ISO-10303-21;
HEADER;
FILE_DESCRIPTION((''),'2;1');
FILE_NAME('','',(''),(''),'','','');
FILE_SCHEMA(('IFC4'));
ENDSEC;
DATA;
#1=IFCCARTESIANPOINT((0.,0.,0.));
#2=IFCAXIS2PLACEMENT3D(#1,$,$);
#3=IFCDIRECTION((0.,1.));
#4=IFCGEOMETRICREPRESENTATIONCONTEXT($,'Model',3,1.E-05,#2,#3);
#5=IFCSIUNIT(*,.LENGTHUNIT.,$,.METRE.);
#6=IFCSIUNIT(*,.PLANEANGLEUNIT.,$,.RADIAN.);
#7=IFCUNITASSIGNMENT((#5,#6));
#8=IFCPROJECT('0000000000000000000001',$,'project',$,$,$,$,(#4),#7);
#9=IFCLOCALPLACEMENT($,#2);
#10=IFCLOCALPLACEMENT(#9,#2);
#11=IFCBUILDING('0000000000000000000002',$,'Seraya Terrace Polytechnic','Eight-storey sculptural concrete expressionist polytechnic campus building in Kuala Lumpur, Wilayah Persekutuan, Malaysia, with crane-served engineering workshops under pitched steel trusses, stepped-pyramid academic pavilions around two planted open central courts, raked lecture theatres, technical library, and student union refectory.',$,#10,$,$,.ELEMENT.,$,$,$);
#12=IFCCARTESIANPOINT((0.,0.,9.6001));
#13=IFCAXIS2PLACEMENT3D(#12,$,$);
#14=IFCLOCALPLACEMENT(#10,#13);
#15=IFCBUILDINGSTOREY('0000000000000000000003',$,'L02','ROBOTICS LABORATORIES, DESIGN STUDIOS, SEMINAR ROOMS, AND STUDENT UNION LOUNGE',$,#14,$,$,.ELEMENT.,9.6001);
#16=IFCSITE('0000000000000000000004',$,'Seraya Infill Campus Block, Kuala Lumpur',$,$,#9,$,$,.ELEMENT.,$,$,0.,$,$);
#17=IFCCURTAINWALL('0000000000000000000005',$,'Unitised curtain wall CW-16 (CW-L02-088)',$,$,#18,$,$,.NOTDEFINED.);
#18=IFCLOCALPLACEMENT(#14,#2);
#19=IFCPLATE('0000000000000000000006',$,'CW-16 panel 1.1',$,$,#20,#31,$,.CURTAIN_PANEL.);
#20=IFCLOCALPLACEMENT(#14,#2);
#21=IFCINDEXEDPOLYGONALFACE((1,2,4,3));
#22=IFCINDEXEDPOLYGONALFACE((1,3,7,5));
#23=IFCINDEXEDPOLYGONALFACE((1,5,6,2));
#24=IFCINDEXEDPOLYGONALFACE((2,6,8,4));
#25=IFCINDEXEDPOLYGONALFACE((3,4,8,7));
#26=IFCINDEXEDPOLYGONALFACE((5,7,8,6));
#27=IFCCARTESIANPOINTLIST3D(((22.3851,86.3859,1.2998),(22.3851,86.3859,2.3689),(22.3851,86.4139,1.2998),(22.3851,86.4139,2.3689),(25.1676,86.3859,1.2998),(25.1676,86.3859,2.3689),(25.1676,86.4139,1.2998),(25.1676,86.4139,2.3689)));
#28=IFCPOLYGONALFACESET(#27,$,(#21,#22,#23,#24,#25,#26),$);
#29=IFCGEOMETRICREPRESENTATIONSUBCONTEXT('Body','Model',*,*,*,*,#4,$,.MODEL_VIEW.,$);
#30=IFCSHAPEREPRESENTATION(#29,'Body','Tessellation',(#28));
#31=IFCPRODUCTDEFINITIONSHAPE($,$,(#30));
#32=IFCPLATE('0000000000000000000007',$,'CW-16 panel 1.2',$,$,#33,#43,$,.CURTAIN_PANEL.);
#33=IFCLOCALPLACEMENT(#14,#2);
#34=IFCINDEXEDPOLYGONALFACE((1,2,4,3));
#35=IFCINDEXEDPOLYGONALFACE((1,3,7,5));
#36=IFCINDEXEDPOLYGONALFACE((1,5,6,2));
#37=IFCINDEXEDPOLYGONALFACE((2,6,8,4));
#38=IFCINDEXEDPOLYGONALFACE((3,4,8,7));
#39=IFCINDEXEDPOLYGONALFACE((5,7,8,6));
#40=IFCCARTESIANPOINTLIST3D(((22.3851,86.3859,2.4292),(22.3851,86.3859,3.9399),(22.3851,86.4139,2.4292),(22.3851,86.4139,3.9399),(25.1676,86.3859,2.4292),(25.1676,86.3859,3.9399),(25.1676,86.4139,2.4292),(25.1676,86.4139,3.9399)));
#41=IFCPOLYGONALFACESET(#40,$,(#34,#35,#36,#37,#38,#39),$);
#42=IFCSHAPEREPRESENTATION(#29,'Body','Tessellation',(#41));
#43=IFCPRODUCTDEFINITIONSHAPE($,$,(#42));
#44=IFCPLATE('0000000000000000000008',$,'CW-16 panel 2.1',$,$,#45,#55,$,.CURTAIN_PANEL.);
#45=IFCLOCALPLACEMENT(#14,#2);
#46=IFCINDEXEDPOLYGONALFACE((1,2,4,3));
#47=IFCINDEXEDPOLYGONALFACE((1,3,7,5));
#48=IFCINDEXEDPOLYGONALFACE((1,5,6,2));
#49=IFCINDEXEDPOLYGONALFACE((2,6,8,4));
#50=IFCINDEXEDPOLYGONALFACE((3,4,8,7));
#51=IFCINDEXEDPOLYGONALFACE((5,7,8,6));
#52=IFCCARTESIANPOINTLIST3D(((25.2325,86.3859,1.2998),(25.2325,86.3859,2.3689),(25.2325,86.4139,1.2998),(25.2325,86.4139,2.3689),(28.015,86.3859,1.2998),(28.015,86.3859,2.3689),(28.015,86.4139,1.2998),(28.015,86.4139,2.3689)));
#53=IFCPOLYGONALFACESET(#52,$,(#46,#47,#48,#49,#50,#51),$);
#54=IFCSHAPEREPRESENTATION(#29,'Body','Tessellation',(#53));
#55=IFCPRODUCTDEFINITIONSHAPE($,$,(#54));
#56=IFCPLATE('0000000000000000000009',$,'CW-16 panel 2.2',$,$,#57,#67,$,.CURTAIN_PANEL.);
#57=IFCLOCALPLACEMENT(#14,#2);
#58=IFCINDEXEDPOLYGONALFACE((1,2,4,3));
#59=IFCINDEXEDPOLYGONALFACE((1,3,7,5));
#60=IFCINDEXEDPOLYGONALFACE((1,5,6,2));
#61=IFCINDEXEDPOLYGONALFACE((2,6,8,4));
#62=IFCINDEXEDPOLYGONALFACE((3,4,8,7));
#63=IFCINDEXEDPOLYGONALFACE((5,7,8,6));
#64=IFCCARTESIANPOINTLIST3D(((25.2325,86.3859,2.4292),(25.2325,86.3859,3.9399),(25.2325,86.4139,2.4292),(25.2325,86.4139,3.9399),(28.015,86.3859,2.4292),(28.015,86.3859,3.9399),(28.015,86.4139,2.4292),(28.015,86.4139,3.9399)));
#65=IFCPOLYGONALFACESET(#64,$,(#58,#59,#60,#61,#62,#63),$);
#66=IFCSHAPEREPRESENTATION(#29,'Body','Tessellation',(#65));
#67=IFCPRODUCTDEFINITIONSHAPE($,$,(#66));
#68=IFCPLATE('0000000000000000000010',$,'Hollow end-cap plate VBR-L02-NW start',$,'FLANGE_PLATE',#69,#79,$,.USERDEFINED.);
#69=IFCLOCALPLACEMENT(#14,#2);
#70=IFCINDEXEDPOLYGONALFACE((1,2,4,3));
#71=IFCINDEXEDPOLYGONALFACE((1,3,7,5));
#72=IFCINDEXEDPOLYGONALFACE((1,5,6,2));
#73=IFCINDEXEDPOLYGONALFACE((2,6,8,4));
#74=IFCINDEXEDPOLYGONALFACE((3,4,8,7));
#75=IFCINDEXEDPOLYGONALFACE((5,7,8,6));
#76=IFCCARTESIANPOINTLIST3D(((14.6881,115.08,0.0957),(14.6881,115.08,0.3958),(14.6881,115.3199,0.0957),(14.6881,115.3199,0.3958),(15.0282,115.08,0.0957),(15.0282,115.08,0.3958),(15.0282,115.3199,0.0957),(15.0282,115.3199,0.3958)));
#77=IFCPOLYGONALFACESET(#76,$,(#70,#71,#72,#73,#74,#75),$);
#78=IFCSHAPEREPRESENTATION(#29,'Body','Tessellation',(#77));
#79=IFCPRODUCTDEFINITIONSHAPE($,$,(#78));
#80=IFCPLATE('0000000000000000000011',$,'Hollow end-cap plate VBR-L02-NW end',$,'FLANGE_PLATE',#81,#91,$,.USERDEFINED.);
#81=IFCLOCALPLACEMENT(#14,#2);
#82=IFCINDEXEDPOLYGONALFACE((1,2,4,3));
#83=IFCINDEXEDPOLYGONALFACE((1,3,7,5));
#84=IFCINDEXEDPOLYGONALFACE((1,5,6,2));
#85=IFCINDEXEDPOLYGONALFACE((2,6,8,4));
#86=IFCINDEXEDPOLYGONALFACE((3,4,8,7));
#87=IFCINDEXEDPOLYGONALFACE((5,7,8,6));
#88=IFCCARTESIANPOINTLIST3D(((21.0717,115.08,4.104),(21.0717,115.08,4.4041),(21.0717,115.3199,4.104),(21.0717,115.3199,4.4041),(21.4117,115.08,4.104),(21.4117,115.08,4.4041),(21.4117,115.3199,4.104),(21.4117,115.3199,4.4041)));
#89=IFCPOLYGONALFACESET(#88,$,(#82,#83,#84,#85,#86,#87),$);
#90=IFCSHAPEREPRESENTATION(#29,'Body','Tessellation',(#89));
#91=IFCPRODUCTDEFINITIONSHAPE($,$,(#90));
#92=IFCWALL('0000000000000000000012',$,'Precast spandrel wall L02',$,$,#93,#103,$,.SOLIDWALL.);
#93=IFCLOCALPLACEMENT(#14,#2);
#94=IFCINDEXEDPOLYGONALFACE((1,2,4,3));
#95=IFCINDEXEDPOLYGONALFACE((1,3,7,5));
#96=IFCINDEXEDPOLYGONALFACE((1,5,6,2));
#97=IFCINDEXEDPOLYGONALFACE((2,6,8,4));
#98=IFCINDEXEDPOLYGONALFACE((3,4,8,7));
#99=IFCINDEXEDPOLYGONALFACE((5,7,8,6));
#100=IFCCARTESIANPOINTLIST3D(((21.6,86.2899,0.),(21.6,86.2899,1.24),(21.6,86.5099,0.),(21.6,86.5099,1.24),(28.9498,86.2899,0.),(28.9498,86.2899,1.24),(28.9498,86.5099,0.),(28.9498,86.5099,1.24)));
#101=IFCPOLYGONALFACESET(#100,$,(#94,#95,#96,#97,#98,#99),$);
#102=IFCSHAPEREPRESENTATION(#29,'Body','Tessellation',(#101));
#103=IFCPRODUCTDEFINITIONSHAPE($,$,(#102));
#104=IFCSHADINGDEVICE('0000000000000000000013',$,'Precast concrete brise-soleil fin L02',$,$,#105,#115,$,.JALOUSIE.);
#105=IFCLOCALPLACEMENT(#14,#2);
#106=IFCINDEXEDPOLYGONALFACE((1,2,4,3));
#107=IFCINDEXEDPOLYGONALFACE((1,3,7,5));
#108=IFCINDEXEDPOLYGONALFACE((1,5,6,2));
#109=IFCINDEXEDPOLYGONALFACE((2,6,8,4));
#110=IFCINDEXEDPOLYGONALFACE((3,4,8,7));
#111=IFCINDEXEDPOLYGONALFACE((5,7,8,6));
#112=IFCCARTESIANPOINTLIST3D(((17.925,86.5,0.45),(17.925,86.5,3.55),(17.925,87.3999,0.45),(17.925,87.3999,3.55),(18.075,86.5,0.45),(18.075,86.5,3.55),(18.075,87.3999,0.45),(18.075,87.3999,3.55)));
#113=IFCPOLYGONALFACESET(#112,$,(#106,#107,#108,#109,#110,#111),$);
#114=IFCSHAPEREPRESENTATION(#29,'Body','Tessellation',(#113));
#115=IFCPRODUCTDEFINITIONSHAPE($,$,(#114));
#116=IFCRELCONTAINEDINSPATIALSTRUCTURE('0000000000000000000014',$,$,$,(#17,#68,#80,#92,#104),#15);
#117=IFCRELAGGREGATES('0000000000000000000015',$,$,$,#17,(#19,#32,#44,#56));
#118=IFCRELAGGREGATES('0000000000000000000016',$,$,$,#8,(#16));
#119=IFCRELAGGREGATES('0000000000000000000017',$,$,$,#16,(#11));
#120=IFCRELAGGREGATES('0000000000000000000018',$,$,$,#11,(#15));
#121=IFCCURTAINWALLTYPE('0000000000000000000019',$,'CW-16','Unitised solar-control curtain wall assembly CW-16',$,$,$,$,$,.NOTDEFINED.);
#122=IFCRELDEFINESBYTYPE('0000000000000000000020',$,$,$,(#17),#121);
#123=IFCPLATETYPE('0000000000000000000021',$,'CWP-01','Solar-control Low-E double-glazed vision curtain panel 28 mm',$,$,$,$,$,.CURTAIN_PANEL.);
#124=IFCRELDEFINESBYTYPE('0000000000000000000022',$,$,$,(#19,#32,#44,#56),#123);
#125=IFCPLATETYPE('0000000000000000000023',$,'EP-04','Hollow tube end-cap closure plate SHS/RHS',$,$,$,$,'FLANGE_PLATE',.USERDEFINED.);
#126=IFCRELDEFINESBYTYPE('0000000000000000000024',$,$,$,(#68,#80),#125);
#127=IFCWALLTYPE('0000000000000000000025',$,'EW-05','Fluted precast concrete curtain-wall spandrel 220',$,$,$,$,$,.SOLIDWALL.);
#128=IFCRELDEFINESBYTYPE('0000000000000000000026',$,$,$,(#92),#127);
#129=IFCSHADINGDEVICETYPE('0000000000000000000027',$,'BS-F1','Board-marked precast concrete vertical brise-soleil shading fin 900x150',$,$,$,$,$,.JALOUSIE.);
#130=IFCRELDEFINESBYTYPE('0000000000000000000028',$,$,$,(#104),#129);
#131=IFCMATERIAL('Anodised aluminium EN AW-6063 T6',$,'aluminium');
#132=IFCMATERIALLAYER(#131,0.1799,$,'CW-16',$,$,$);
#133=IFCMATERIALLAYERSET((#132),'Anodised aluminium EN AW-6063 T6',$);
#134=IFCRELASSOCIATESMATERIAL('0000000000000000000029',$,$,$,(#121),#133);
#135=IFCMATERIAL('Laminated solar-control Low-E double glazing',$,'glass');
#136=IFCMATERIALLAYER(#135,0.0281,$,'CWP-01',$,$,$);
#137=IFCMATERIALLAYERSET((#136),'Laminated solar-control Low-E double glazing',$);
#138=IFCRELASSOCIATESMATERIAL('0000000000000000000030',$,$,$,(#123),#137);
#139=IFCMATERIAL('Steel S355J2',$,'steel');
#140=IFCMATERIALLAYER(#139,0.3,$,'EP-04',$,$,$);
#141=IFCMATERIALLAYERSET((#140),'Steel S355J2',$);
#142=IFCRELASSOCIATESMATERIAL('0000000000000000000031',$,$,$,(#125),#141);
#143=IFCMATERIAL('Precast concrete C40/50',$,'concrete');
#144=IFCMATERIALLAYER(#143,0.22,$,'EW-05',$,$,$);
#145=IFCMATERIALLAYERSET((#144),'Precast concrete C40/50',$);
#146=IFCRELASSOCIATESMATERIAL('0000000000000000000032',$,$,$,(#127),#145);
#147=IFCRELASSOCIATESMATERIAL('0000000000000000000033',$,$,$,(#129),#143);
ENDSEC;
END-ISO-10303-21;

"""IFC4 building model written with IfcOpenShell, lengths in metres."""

from ifc_helpers import new_model, si_unit, direction, frame, frame_2d, origin, origin_2d, place, context, subcontext, project, spatial, rectangle, extrude, material, layer, layer_set, type_object, element, aggregate, save


model = new_model("IFC4")

# Units and contexts
model_context = context("Model", 3, precision=1e-05, world=origin(), true_north=direction((0.0, 1.0)))
body_context = subcontext(model_context, "Body", "Model", "MODEL_VIEW")
ifc_project = project(units=[si_unit("LENGTHUNIT", "METRE"), si_unit("PLANEANGLEUNIT", "RADIAN")], contexts=[model_context])

# Site, building, storey
site_placement = place(None, origin())
site = spatial("IfcSite", under=ifc_project, at=site_placement, Name="Seraya Infill Campus Block, Kuala Lumpur", CompositionType="ELEMENT", RefElevation=0.0)
building_placement = place(site_placement, origin())
building = spatial("IfcBuilding", under=site, at=building_placement, Name="Seraya Terrace Polytechnic", Description="Eight-storey sculptural concrete expressionist polytechnic campus building in Kuala Lumpur, Wilayah Persekutuan, Malaysia, with crane-served engineering workshops under pitched steel trusses, stepped-pyramid academic pavilions around two planted open central courts, raked lecture theatres, technical library, and student union refectory.", CompositionType="ELEMENT")
storey_placement = place(building_placement, frame((0.0, 0.0, 9.6001)))
storey = spatial("IfcBuildingStorey", under=building, at=storey_placement, Name="L02", Description="ROBOTICS LABORATORIES, DESIGN STUDIOS, SEMINAR ROOMS, AND STUDENT UNION LOUNGE", CompositionType="ELEMENT", Elevation=9.6001)

# Shared definitions
ifc_material_1 = material(Name="Steel S355J2", Category="steel")

# Curtain wall
ifc_material_2 = material(Name="Anodised aluminium EN AW-6063 T6", Category="aluminium")
ifc_layer_1 = layer(ifc_material_2, 0.1799, Name="CW-16")
ifc_layer_set_1 = layer_set([ifc_layer_1], Name="Anodised aluminium EN AW-6063 T6")
curtain_wall_type = type_object("IfcCurtainWallType", Name="CW-16", Description="Unitised solar-control curtain wall assembly CW-16", PredefinedType="NOTDEFINED", material=ifc_layer_set_1)
curtain_wall_placement = place(storey_placement, origin())
curtain_wall = element("IfcCurtainWall", 1, at=curtain_wall_placement, inside=storey, type_object=curtain_wall_type, Name="Unitised curtain wall CW-16 (CW-L02-088)", PredefinedType="NOTDEFINED")

# Plates
ifc_material_3 = material(Name="Laminated solar-control Low-E double glazing", Category="glass")
ifc_layer_2 = layer(ifc_material_3, 0.0281, Name="CWP-01")
ifc_layer_set_2 = layer_set([ifc_layer_2], Name="Laminated solar-control Low-E double glazing")
plate_type_1 = type_object("IfcPlateType", Name="CWP-01", Description="Solar-control Low-E double-glazed vision curtain panel 28 mm", PredefinedType="CURTAIN_PANEL", material=ifc_layer_set_2)
plate_1_placement = place(storey_placement, frame((23.7764, 86.3999, 1.2998), z_axis=(0.0, 0.0, 1.0), x_axis=(1.0, 0.0, 0.0)))
plate_1 = element("IfcPlate", 2, at=plate_1_placement, type_object=plate_type_1, Name="CW-16 panel 1.1", PredefinedType="CURTAIN_PANEL", context=body_context, shape_type="SweptSolid", body=[
    extrude(rectangle(XDim=2.7825, YDim=0.0281, at=origin_2d()), origin(), (0.0, 0.0, 1.0), 1.0691),
])
plate_2_placement = place(storey_placement, frame((23.7764, 86.3999, 2.4292), z_axis=(0.0, 0.0, 1.0), x_axis=(1.0, 0.0, 0.0)))
plate_2 = element("IfcPlate", 3, at=plate_2_placement, type_object=plate_type_1, Name="CW-16 panel 1.2", PredefinedType="CURTAIN_PANEL", context=body_context, shape_type="SweptSolid", body=[
    extrude(rectangle(XDim=2.7825, YDim=0.0281, at=origin_2d()), origin(), (0.0, 0.0, 1.0), 1.5107),
])
plate_3_placement = place(storey_placement, frame((26.6238, 86.3999, 1.2998), z_axis=(0.0, 0.0, 1.0), x_axis=(1.0, 0.0, 0.0)))
plate_3 = element("IfcPlate", 4, at=plate_3_placement, type_object=plate_type_1, Name="CW-16 panel 2.1", PredefinedType="CURTAIN_PANEL", context=body_context, shape_type="SweptSolid", body=[
    extrude(rectangle(XDim=2.7825, YDim=0.0281, at=origin_2d()), origin(), (0.0, 0.0, 1.0), 1.0691),
])
plate_4_placement = place(storey_placement, frame((26.6238, 86.3999, 2.4292), z_axis=(0.0, 0.0, 1.0), x_axis=(1.0, 0.0, 0.0)))
plate_4 = element("IfcPlate", 5, at=plate_4_placement, type_object=plate_type_1, Name="CW-16 panel 2.2", PredefinedType="CURTAIN_PANEL", context=body_context, shape_type="SweptSolid", body=[
    extrude(rectangle(XDim=2.7825, YDim=0.0281, at=origin_2d()), origin(), (0.0, 0.0, 1.0), 1.5107),
])
aggregate(curtain_wall, [plate_1, plate_2, plate_3, plate_4])

# Plates
ifc_layer_3 = layer(ifc_material_1, 0.3, Name="EP-04")
ifc_layer_set_3 = layer_set([ifc_layer_3], Name="Steel S355J2")
plate_type_2 = type_object("IfcPlateType", Name="EP-04", Description="Hollow tube end-cap closure plate SHS/RHS", ElementType="FLANGE_PLATE", PredefinedType="USERDEFINED", material=ifc_layer_set_3)
for number, where, z_axis, x_axis, name in (
    (6, (14.8582, 115.2, 0.0957), (0.0, 0.0, 1.0), (1.0, 0.0, 0.0), "Hollow end-cap plate VBR-L02-NW start"),
    (7, (21.2417, 115.2, 4.104), (0.0, 0.0, 1.0), (1.0, 0.0, 0.0), "Hollow end-cap plate VBR-L02-NW end"),
):
    element("IfcPlate", number, at=place(storey_placement, frame(where, z_axis=z_axis, x_axis=x_axis)), inside=storey, type_object=plate_type_2, Name=name, ObjectType="FLANGE_PLATE", PredefinedType="USERDEFINED", context=body_context, shape_type="SweptSolid", body=[
        extrude(rectangle(XDim=0.3401, YDim=0.24, at=origin_2d()), origin(), (0.0, 0.0, 1.0), 0.3),
    ])

# Wall
ifc_material_4 = material(Name="Precast concrete C40/50", Category="concrete")
ifc_layer_4 = layer(ifc_material_4, 0.22, Name="EW-05")
ifc_layer_set_4 = layer_set([ifc_layer_4], Name="Precast concrete C40/50")
wall_type = type_object("IfcWallType", Name="EW-05", Description="Fluted precast concrete curtain-wall spandrel 220", PredefinedType="SOLIDWALL", material=ifc_layer_set_4)
wall_placement = place(storey_placement, frame((21.6001, 86.3999, 0.0), z_axis=(0.0, 0.0, 1.0), x_axis=(1.0, 0.0, 0.0)))
element("IfcWall", 8, at=wall_placement, inside=storey, type_object=wall_type, Name="Precast spandrel wall L02", PredefinedType="SOLIDWALL", context=body_context, shape_type="SweptSolid", body=[
    extrude(rectangle(XDim=7.3499, YDim=0.22, at=frame_2d((3.6748, 0.0))), origin(), (0.0, 0.0, 1.0), 1.24),
])

# Shading device
shading_device_type = type_object("IfcShadingDeviceType", Name="BS-F1", Description="Board-marked precast concrete vertical brise-soleil shading fin 900x150", PredefinedType="JALOUSIE", material=ifc_material_4)
shading_device_placement = place(storey_placement, frame((18.0, 86.95, 0.45), z_axis=(0.0, 0.0, 1.0), x_axis=(0.0, 1.0, 0.0)))
element("IfcShadingDevice", 9, at=shading_device_placement, inside=storey, type_object=shading_device_type, Name="Precast concrete brise-soleil fin L02", PredefinedType="JALOUSIE", context=body_context, shape_type="SweptSolid", body=[
    extrude(rectangle(XDim=0.8999, YDim=0.1499, at=origin_2d()), origin(), (0.0, 0.0, 1.0), 3.1001),
])

save(model, "model.ifc")
